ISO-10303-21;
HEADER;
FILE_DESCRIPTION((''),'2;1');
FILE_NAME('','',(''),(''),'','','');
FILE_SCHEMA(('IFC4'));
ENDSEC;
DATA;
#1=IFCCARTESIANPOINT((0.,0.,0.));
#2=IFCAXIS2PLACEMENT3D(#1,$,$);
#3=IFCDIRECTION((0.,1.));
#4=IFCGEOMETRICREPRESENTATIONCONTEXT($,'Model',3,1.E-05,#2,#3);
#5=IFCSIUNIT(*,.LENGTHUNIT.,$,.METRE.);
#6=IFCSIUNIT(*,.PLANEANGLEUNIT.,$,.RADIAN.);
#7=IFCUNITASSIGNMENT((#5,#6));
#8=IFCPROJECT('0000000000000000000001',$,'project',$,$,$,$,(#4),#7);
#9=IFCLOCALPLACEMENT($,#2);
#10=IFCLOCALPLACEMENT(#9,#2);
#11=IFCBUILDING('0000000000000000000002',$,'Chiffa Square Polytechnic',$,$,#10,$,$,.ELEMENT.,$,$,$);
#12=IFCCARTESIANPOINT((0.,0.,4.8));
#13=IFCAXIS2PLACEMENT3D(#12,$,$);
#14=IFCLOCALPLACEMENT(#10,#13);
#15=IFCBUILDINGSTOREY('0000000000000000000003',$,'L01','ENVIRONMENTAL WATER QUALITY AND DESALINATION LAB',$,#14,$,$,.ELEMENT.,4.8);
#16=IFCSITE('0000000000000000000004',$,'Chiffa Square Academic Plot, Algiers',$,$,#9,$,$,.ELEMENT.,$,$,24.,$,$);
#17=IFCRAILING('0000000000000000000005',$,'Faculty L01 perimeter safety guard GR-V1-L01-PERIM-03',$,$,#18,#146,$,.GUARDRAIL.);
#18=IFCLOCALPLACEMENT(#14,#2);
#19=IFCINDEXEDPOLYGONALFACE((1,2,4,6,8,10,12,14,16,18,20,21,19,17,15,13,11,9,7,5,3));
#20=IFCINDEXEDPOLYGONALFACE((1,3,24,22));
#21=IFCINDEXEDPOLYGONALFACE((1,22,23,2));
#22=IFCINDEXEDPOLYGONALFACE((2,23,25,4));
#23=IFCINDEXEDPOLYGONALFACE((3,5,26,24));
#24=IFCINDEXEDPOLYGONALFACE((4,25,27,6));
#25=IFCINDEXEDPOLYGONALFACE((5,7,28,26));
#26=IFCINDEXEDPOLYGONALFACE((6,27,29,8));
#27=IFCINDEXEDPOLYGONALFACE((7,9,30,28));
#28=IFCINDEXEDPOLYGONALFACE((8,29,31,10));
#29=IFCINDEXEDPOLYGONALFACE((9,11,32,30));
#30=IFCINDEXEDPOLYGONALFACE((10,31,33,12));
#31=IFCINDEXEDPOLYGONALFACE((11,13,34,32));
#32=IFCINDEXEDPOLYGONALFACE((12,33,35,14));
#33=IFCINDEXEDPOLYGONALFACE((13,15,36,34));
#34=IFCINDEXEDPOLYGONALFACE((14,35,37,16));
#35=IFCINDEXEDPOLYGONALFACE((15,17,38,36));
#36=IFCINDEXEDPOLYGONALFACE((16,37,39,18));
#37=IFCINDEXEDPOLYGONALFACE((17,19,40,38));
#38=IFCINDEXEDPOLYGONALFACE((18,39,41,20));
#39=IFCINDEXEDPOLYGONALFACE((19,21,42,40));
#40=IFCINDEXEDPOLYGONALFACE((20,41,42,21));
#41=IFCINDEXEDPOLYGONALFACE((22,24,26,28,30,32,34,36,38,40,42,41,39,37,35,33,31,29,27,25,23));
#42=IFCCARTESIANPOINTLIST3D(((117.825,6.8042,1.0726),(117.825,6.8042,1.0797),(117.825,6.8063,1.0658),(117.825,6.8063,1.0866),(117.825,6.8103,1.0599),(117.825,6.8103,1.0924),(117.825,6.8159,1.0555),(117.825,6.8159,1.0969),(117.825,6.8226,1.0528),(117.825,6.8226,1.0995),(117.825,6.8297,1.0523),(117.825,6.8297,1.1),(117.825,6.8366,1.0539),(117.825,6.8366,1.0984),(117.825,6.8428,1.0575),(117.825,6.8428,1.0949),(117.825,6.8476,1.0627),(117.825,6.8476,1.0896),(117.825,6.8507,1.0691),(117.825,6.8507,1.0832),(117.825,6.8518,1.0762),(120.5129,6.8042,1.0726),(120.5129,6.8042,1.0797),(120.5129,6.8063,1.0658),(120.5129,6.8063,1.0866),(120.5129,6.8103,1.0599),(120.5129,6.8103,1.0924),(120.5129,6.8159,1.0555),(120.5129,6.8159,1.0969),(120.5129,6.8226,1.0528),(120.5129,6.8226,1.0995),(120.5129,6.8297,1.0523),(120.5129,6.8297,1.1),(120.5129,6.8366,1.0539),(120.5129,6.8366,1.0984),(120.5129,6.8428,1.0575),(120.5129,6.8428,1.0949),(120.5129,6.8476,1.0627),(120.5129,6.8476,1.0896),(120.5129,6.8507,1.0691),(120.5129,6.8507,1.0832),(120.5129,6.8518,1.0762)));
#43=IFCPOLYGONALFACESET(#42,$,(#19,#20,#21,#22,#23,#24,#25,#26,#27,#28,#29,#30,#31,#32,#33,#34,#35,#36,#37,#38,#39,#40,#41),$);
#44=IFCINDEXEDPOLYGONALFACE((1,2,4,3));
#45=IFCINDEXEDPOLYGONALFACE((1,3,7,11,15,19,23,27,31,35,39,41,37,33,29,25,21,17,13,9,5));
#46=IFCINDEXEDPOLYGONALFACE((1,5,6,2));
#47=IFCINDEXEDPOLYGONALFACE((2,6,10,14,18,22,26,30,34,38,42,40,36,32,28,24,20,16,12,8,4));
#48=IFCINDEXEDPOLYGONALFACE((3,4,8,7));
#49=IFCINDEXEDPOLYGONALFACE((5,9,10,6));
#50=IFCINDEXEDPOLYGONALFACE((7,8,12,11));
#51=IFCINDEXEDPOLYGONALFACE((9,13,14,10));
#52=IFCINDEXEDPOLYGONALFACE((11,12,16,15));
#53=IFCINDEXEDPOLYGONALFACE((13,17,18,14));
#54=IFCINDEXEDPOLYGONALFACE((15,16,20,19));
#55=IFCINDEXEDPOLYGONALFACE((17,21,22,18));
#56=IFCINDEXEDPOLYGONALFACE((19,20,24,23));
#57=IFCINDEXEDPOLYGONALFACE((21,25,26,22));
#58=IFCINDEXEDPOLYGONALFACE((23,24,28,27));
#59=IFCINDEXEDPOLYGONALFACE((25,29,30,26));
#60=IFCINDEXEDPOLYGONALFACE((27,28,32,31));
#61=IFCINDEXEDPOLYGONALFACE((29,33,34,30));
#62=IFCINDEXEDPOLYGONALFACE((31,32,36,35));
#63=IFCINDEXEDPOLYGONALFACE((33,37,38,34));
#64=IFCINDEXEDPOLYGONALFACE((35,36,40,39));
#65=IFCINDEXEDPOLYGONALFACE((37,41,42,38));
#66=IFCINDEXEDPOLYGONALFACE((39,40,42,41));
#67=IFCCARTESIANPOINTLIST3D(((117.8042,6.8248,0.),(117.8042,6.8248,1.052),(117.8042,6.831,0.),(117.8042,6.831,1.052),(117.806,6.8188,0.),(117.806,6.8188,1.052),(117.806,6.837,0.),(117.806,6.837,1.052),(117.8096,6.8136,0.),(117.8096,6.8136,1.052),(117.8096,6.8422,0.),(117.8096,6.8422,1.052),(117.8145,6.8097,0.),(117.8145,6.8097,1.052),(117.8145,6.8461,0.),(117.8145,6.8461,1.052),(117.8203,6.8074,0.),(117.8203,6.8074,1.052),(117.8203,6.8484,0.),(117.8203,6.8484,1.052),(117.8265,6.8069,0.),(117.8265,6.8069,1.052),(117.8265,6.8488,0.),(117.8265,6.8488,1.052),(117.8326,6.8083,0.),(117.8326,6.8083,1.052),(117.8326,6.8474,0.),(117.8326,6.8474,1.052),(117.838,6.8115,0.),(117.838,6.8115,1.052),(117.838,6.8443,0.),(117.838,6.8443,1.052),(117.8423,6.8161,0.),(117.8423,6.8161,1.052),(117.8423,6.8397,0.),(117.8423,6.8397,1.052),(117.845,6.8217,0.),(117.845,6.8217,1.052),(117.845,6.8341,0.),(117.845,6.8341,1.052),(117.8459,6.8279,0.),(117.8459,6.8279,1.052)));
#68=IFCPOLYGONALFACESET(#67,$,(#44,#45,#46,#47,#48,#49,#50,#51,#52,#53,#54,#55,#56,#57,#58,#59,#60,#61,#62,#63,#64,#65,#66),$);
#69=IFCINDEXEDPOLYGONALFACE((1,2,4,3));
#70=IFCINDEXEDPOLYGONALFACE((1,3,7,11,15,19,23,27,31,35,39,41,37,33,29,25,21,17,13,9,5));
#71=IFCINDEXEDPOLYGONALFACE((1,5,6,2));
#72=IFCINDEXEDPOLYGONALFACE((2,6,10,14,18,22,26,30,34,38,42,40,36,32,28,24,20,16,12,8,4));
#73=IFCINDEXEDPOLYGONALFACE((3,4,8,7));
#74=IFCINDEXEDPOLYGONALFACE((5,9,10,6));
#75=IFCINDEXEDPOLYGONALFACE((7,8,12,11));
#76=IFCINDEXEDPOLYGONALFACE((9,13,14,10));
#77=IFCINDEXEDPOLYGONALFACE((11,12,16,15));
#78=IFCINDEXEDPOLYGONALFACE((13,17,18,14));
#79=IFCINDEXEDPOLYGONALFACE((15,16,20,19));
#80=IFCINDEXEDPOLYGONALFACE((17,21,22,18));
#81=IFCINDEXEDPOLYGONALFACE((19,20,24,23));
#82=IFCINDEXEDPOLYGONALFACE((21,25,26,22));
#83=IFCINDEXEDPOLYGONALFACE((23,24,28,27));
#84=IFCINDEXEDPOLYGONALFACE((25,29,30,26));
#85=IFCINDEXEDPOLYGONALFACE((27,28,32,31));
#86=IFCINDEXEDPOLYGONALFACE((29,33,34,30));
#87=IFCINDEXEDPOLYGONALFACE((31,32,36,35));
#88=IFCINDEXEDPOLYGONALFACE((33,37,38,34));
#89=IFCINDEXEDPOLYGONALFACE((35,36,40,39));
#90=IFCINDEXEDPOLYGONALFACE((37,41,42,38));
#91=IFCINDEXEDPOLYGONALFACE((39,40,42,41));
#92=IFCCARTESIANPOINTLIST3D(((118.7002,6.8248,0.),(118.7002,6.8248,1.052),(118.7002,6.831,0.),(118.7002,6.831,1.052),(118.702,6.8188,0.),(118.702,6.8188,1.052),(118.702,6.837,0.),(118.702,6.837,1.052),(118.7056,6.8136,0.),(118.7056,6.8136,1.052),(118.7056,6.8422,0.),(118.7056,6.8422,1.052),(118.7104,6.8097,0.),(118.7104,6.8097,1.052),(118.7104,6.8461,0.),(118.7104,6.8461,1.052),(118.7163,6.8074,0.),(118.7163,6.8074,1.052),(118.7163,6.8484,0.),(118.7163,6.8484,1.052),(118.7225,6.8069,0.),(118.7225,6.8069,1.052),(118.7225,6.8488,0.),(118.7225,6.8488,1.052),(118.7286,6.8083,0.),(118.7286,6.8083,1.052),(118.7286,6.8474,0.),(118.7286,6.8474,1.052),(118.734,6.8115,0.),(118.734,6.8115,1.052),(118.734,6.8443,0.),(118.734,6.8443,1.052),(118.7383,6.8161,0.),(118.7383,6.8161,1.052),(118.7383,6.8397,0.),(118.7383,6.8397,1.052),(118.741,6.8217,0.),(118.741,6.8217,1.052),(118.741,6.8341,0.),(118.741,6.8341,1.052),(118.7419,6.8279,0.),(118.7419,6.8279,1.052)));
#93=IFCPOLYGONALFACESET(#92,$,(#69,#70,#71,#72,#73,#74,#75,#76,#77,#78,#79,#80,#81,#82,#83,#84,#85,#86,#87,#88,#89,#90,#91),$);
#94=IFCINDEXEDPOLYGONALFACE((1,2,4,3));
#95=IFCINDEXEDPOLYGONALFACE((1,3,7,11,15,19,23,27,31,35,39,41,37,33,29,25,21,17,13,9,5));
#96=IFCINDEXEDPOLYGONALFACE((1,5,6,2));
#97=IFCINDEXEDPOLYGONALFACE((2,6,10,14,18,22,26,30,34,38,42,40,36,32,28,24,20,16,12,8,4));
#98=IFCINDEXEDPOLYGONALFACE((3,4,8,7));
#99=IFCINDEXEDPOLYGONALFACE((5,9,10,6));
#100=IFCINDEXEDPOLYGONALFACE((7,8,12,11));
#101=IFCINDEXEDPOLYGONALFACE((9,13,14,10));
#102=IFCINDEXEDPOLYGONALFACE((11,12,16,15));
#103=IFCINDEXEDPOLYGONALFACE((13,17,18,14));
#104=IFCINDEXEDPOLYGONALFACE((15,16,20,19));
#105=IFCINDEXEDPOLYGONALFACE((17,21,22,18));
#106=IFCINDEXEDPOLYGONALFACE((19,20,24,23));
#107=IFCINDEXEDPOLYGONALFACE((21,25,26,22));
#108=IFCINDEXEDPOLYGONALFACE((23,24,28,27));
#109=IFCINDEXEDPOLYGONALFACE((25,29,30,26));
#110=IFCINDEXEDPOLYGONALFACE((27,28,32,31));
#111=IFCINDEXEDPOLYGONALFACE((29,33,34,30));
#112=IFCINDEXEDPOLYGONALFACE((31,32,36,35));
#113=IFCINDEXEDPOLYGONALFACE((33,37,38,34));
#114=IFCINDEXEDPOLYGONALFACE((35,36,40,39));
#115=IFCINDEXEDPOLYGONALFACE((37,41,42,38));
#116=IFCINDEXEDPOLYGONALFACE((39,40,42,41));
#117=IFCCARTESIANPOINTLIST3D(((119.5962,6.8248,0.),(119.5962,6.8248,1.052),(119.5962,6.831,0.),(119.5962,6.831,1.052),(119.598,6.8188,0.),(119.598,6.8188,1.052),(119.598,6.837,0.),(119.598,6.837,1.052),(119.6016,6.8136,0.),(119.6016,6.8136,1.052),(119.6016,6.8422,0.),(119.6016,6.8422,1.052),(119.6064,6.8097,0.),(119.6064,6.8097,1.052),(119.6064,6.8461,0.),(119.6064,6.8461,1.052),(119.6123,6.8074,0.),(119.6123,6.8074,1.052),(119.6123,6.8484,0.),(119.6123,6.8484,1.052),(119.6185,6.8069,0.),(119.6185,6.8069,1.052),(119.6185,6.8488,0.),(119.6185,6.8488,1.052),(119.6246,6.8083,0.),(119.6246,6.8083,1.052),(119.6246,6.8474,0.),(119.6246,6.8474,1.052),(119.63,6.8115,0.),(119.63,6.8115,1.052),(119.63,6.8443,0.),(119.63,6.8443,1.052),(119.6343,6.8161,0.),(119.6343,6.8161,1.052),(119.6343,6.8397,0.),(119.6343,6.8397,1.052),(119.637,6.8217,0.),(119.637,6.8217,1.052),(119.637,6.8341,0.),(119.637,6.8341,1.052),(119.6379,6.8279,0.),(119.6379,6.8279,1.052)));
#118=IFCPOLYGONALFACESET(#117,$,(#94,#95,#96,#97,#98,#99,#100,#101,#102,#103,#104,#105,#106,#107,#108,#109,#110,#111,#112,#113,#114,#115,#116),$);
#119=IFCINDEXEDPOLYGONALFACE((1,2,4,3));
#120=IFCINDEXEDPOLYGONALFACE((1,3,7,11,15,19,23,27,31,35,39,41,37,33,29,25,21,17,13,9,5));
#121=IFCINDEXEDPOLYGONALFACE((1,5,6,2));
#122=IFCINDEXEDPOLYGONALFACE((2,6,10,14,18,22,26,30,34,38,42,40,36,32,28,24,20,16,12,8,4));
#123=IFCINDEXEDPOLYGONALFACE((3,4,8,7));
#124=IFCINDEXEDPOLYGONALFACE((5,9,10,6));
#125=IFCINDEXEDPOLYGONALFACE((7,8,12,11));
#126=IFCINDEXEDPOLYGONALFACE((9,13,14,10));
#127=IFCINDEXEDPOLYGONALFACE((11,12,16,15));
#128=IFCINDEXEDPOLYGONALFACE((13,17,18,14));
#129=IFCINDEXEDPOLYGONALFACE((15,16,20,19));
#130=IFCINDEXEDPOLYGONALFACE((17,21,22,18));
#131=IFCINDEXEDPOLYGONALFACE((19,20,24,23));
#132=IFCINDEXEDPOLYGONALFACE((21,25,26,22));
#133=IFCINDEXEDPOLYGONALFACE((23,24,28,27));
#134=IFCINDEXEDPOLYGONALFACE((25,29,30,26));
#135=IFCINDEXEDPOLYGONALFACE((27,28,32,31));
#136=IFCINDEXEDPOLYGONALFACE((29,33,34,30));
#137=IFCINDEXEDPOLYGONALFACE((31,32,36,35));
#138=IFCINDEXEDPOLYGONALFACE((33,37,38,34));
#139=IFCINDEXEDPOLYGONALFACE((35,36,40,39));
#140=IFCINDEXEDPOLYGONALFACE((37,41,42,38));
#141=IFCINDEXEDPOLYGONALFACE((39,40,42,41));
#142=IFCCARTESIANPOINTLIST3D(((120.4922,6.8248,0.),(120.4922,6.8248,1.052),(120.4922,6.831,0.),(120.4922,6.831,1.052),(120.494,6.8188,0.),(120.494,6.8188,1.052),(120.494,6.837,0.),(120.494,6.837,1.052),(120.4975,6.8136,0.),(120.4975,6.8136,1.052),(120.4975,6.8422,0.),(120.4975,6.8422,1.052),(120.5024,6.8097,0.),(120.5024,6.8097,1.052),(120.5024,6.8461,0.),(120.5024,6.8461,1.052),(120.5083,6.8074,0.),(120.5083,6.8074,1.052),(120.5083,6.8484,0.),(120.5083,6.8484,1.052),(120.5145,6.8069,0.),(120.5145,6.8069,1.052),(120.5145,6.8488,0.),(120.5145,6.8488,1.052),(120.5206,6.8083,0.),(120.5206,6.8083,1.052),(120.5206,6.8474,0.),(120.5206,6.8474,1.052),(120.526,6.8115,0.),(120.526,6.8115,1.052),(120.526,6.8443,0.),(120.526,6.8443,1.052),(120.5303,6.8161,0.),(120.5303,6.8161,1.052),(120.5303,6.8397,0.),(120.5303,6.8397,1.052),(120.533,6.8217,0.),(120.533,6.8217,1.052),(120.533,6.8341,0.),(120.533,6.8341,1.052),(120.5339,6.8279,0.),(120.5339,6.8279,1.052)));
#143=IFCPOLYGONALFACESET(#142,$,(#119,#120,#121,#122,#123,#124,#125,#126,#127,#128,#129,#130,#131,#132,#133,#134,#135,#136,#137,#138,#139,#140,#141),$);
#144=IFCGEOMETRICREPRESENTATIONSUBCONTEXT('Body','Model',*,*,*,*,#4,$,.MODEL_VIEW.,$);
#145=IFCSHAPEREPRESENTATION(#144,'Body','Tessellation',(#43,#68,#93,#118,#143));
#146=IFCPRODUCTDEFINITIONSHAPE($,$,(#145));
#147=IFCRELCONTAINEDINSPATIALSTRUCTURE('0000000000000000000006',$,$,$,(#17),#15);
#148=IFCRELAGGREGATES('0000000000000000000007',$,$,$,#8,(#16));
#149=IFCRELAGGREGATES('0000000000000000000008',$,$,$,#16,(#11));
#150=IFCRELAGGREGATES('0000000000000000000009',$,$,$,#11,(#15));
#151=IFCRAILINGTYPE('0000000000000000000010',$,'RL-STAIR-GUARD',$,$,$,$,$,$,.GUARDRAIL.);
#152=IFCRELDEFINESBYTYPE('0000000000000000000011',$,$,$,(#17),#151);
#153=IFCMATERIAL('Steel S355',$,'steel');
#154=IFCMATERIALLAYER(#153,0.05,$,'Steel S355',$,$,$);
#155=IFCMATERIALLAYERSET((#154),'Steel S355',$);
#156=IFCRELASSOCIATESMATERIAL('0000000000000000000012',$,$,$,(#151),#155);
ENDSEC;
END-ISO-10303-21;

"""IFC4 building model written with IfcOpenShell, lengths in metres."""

from ifc_helpers import new_model, si_unit, direction, frame, origin, origin_2d, place, context, subcontext, project, spatial, circle, extrude, material, layer, layer_set, type_object, element, save


model = new_model("IFC4")

# Units and contexts
model_context = context("Model", 3, precision=1e-05, world=origin(), true_north=direction((0.0, 1.0)))
body_context = subcontext(model_context, "Body", "Model", "MODEL_VIEW")
ifc_project = project(units=[si_unit("LENGTHUNIT", "METRE"), si_unit("PLANEANGLEUNIT", "RADIAN")], contexts=[model_context])

# Site, building, storey
site_placement = place(None, origin())
site = spatial("IfcSite", under=ifc_project, at=site_placement, Name="Chiffa Square Academic Plot, Algiers", CompositionType="ELEMENT", RefElevation=24.0)
building_placement = place(site_placement, origin())
building = spatial("IfcBuilding", under=site, at=building_placement, Name="Chiffa Square Polytechnic", CompositionType="ELEMENT")
storey_placement = place(building_placement, frame((0.0, 0.0, 4.8)))
storey = spatial("IfcBuildingStorey", under=building, at=storey_placement, Name="L01", Description="ENVIRONMENTAL WATER QUALITY AND DESALINATION LAB", CompositionType="ELEMENT", Elevation=4.8)

# Railing
ifc_material_1 = material(Name="Steel S355", Category="steel")
ifc_layer_1 = layer(ifc_material_1, 0.05, Name="Steel S355")
ifc_layer_set_1 = layer_set([ifc_layer_1], Name="Steel S355")
railing_type = type_object("IfcRailingType", Name="RL-STAIR-GUARD", PredefinedType="GUARDRAIL", material=ifc_layer_set_1)
railing_1_placement = place(storey_placement, frame((117.825, 6.8279, 0.0)))
element("IfcRailing", 1, at=railing_1_placement, inside=storey, type_object=railing_type, Name="Faculty L01 perimeter safety guard GR-V1-L01-PERIM-03", PredefinedType="GUARDRAIL", context=body_context, shape_type="SweptSolid", body=[
    extrude(circle(Radius=0.0239, at=origin_2d()), frame((0.0, 0.0, 1.0762), z_axis=(1.0, 0.0, 0.0), x_axis=(0.0, 1.0, 0.0)), (0.0, 0.0, 1.0), 2.688),
    extrude(circle(Radius=0.021, at=origin_2d()), origin(), (0.0, 0.0, 1.0), 1.052),
    extrude(circle(Radius=0.021, at=origin_2d()), frame((0.896, 0.0, 0.0)), (0.0, 0.0, 1.0), 1.052),
    extrude(circle(Radius=0.021, at=origin_2d()), frame((1.792, 0.0, 0.0)), (0.0, 0.0, 1.0), 1.052),
    extrude(circle(Radius=0.021, at=origin_2d()), frame((2.688, 0.0, 0.0)), (0.0, 0.0, 1.0), 1.052),
])

save(model, "model.ifc")
